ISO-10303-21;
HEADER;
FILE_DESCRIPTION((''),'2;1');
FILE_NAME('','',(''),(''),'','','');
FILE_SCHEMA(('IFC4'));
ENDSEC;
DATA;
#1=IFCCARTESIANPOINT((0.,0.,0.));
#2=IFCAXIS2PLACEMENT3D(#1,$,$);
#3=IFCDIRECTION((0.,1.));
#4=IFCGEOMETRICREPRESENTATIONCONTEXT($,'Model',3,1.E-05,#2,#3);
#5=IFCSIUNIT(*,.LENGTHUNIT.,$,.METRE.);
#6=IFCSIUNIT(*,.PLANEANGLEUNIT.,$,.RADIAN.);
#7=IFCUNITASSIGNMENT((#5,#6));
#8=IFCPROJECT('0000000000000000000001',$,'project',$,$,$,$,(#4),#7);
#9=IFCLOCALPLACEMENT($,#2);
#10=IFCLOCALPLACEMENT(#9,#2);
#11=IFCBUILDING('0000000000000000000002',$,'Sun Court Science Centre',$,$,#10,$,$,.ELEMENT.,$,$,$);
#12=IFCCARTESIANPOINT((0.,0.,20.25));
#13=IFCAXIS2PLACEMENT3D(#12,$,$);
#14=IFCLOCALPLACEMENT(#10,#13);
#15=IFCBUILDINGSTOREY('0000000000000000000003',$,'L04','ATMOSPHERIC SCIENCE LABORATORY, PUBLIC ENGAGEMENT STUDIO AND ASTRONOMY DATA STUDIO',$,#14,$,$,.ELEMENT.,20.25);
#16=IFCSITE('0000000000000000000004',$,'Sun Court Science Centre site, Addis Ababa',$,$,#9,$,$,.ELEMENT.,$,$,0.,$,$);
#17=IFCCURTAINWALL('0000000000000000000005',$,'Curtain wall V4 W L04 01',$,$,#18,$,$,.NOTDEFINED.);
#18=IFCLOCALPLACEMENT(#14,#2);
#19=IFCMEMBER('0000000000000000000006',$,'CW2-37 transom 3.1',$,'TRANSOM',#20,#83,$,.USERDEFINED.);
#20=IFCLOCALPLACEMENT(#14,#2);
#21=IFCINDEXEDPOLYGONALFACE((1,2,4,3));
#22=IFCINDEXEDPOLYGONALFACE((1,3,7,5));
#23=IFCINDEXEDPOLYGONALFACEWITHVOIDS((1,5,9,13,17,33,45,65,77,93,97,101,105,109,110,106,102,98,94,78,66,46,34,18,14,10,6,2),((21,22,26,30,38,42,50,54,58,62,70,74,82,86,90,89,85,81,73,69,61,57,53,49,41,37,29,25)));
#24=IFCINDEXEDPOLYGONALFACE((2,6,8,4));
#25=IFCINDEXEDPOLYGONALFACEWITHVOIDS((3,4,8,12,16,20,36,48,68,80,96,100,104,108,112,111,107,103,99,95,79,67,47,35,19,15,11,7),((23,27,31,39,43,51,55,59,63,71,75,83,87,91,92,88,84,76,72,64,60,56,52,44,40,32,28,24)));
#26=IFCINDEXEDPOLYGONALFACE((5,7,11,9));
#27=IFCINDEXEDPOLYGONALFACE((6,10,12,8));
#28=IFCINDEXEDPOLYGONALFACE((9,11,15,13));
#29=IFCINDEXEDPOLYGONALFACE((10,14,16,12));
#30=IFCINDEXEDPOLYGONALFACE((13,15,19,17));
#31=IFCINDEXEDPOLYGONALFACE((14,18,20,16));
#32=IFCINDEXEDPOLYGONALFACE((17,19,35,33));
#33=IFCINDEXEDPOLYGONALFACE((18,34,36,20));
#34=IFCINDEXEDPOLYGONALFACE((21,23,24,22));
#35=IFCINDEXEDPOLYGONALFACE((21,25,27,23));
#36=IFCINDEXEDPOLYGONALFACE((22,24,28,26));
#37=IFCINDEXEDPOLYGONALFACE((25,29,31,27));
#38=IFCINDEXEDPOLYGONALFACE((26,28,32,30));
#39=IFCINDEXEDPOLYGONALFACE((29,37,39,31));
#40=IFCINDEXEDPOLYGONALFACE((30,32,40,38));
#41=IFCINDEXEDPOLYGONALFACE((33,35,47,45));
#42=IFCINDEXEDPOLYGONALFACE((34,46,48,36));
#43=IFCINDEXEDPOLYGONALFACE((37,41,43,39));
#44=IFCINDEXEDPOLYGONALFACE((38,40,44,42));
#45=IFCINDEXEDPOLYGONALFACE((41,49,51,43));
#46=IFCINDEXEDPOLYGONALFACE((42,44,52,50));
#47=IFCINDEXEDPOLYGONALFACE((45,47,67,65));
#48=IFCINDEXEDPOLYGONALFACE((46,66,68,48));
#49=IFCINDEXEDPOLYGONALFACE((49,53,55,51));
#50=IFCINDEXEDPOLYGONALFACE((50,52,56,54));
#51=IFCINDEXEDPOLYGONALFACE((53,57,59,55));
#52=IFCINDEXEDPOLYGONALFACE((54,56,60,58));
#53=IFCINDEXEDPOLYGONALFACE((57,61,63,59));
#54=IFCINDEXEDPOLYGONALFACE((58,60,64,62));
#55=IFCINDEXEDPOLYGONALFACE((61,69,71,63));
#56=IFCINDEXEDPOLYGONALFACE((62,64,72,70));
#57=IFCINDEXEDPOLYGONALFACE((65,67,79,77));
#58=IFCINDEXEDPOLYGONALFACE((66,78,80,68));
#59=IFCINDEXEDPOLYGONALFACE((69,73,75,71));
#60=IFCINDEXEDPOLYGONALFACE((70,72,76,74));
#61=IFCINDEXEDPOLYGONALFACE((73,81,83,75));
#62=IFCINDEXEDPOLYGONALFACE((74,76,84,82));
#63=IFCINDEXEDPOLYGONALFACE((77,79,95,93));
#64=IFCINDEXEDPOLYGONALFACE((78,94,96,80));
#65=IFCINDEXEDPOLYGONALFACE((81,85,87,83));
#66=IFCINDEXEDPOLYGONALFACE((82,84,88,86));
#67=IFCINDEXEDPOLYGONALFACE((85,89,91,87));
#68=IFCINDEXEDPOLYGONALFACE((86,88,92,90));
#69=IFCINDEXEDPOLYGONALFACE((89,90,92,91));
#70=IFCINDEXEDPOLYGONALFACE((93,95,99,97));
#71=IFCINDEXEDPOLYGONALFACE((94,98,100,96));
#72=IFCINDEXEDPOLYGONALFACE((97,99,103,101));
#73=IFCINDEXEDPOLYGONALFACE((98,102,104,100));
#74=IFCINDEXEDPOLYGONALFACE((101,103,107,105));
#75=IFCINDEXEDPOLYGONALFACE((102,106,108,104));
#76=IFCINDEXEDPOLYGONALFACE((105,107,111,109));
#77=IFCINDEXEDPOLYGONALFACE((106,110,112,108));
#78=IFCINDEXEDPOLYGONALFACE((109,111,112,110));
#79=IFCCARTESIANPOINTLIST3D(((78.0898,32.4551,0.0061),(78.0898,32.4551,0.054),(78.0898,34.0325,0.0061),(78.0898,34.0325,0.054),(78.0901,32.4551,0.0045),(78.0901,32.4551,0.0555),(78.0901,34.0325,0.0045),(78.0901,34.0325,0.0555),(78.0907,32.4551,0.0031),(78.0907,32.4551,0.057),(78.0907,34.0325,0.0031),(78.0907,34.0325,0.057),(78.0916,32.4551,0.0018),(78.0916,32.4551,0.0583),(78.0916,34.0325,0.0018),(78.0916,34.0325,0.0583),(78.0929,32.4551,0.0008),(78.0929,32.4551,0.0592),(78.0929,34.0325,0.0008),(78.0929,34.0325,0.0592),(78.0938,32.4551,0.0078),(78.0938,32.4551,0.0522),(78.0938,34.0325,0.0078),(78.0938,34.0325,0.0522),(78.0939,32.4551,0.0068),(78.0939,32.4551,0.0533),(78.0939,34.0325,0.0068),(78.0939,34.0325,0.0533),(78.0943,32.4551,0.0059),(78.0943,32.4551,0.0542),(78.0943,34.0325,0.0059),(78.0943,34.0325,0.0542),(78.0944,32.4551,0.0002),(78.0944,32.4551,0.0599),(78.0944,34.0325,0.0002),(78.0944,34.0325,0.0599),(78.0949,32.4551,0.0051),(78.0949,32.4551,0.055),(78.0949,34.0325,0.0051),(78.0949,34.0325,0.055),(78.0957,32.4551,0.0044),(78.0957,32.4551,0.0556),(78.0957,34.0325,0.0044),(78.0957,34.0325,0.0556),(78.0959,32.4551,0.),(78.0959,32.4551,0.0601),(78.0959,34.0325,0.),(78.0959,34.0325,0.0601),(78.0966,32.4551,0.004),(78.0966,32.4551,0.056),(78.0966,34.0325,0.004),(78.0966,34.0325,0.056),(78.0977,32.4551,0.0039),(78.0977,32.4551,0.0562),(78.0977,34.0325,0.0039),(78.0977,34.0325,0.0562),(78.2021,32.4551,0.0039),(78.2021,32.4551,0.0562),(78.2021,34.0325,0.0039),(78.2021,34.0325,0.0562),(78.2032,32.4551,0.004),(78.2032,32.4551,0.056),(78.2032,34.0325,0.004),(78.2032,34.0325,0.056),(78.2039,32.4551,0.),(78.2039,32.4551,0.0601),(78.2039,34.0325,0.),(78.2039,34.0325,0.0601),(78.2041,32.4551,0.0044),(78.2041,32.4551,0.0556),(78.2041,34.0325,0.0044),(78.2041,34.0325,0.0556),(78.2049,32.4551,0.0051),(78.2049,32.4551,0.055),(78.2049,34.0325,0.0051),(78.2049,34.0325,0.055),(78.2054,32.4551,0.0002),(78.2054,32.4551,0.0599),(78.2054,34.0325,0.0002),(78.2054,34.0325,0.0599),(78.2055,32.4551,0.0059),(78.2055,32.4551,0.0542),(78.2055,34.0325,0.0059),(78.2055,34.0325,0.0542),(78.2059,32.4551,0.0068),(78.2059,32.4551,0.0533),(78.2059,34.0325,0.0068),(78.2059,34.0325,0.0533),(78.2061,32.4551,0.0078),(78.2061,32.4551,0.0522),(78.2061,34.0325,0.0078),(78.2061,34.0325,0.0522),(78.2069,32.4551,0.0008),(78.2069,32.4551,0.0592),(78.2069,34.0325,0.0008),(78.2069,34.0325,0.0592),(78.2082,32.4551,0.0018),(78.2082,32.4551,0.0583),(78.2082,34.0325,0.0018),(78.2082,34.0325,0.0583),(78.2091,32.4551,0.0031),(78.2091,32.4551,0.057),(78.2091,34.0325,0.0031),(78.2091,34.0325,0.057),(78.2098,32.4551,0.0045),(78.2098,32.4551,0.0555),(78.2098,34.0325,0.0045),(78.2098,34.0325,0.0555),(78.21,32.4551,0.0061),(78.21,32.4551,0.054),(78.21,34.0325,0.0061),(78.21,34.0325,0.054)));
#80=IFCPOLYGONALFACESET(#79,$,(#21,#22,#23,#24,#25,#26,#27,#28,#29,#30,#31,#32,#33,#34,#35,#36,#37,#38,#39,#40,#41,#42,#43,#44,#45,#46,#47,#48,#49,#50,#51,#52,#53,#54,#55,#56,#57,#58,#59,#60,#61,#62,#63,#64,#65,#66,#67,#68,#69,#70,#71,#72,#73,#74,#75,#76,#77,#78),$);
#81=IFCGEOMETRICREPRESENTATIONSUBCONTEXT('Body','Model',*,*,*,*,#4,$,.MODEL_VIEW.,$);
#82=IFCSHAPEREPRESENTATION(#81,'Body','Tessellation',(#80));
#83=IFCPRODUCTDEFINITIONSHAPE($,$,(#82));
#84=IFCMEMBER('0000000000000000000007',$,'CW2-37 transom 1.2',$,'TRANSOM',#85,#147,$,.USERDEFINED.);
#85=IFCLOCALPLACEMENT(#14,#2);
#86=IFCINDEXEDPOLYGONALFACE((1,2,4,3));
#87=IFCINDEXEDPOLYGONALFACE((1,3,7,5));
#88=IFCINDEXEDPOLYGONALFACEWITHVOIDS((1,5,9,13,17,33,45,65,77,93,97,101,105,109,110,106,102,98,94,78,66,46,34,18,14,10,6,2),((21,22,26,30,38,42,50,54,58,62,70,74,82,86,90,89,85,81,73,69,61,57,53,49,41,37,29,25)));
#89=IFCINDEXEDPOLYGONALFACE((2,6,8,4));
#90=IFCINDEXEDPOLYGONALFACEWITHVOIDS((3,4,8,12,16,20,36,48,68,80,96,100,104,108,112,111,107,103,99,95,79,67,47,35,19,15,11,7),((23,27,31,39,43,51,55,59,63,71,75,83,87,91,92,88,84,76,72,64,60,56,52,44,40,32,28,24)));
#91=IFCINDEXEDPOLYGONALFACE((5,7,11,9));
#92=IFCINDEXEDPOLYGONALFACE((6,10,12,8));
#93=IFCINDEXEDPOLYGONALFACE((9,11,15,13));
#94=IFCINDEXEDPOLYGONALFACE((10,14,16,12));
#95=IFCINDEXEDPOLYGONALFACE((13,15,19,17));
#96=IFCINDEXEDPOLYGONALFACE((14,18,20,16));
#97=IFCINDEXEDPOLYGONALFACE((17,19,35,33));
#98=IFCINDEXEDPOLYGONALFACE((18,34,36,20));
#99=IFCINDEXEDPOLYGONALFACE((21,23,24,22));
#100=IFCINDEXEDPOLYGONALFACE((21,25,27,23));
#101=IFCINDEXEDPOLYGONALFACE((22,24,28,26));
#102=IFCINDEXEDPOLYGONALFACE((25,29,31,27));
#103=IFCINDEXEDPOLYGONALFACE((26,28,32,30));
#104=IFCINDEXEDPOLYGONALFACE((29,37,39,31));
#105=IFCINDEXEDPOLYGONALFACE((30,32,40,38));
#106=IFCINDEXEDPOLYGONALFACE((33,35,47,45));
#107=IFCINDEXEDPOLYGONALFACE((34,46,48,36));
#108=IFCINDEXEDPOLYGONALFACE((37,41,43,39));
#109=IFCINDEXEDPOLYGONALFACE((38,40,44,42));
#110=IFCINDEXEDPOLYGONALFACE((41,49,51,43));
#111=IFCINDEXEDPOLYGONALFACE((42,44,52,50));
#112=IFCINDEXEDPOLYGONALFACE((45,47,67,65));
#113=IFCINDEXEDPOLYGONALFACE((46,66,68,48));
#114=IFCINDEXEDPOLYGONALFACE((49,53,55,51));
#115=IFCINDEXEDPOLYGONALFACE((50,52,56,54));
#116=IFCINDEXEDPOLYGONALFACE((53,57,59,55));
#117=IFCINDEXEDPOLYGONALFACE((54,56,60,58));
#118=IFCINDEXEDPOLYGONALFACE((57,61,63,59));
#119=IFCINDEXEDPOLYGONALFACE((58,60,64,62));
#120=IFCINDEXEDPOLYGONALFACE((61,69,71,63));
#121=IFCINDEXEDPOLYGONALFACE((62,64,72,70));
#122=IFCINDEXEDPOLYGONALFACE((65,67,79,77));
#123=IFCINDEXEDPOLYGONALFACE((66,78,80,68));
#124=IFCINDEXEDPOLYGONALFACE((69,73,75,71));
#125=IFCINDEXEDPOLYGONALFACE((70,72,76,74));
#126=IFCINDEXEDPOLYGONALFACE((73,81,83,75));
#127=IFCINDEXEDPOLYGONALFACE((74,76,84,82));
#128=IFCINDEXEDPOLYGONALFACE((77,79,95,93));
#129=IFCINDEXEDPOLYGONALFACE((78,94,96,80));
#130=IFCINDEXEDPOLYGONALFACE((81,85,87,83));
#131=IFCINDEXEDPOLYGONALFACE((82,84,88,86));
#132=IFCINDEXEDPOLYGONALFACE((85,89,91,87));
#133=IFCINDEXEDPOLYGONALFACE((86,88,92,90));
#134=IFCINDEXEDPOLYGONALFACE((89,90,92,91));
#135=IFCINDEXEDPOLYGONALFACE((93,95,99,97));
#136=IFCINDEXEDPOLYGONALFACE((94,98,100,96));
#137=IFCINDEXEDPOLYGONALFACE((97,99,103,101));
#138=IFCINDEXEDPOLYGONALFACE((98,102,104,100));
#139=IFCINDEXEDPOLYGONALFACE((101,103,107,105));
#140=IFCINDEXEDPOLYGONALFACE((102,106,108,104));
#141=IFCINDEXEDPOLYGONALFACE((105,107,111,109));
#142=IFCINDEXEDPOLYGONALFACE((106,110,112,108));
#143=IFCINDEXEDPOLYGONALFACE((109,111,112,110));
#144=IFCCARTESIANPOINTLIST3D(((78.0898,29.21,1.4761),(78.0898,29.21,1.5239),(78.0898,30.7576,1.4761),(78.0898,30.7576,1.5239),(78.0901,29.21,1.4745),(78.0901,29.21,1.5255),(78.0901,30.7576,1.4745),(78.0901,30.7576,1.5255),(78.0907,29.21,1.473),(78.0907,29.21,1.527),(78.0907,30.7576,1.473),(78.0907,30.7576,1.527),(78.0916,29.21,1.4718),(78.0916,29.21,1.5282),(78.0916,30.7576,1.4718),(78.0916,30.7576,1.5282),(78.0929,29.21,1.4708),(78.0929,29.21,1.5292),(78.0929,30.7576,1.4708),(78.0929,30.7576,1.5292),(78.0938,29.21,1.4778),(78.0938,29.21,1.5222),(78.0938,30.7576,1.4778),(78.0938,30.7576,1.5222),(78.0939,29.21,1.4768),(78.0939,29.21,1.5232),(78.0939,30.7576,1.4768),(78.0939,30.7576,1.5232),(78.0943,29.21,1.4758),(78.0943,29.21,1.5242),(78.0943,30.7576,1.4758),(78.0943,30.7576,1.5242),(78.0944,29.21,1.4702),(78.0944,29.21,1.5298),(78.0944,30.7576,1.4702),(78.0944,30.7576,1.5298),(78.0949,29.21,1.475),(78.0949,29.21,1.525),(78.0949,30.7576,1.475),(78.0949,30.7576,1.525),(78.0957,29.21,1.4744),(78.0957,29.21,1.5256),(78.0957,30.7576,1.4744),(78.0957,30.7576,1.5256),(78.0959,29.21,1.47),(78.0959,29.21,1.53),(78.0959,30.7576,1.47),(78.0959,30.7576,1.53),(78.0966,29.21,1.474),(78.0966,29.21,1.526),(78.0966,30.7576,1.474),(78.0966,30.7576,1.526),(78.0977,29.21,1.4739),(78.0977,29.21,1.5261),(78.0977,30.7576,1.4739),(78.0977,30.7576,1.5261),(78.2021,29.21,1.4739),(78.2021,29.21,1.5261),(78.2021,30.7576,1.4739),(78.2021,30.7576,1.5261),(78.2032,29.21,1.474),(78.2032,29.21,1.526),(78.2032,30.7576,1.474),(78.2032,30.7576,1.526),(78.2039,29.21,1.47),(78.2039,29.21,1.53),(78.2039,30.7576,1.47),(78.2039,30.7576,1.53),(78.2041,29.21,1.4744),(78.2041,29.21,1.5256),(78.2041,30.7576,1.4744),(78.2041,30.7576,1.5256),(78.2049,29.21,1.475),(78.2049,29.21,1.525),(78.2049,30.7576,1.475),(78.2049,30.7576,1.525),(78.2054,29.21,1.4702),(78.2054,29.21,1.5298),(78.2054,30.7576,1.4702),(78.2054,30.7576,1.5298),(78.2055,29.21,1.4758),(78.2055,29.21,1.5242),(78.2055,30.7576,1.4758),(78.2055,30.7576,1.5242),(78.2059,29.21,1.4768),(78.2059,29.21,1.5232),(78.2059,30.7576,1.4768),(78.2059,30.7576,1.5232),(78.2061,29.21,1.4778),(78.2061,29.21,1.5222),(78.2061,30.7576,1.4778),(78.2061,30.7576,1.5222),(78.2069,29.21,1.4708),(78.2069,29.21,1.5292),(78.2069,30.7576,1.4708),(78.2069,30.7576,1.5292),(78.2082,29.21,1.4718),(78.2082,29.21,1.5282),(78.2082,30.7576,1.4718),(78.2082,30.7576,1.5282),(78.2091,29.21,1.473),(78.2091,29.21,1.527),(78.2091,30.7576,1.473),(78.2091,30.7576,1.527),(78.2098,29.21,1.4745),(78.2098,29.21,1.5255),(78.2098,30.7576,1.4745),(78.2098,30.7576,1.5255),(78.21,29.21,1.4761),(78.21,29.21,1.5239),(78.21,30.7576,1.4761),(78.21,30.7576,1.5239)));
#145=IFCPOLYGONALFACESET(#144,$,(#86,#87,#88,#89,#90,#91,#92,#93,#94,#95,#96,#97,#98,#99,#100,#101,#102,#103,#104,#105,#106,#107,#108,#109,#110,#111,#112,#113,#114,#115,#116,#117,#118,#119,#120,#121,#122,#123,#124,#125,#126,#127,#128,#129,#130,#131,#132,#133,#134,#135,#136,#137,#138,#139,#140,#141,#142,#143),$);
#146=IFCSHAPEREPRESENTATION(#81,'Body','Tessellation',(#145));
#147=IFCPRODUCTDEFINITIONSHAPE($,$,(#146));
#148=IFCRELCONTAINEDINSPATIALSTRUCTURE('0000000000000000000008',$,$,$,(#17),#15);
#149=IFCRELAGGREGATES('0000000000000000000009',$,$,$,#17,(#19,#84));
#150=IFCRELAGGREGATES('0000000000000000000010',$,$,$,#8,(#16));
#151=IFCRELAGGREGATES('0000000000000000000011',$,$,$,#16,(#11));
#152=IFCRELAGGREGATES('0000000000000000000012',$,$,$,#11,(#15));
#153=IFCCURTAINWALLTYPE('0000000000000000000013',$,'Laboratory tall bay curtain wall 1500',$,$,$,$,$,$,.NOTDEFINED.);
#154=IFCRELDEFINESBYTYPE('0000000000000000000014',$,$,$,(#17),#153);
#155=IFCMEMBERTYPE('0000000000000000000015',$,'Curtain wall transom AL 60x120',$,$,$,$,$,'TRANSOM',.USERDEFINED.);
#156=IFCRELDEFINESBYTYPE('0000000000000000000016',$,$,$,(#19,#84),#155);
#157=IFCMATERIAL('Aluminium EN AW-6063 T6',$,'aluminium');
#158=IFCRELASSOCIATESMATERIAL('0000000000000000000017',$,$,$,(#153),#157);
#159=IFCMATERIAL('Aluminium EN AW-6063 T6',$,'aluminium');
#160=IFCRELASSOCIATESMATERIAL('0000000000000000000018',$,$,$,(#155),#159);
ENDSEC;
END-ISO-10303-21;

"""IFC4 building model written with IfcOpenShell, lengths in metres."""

from ifc_helpers import new_model, si_unit, direction, frame, origin, origin_2d, place, context, subcontext, project, spatial, hollow_rectangle, extrude, material, material_profile, profile_set, type_object, element, aggregate, save


model = new_model("IFC4")

# Units and contexts
model_context = context("Model", 3, precision=1e-05, world=origin(), true_north=direction((0.0, 1.0)))
body_context = subcontext(model_context, "Body", "Model", "MODEL_VIEW")
ifc_project = project(units=[si_unit("LENGTHUNIT", "METRE"), si_unit("PLANEANGLEUNIT", "RADIAN")], contexts=[model_context])

# Site, building, storey
site_placement = place(None, origin())
site = spatial("IfcSite", under=ifc_project, at=site_placement, Name="Sun Court Science Centre site, Addis Ababa", CompositionType="ELEMENT", RefElevation=0.0)
building_placement = place(site_placement, origin())
building = spatial("IfcBuilding", under=site, at=building_placement, Name="Sun Court Science Centre", CompositionType="ELEMENT")
storey_placement = place(building_placement, frame((0.0, 0.0, 20.25)))
storey = spatial("IfcBuildingStorey", under=building, at=storey_placement, Name="L04", Description="ATMOSPHERIC SCIENCE LABORATORY, PUBLIC ENGAGEMENT STUDIO AND ASTRONOMY DATA STUDIO", CompositionType="ELEMENT", Elevation=20.25)

# Curtain wall, members
ifc_material_1 = material(Name="Aluminium EN AW-6063 T6", Category="aluminium")
curtain_wall_type = type_object("IfcCurtainWallType", Name="Laboratory tall bay curtain wall 1500", PredefinedType="NOTDEFINED", material=ifc_material_1)
curtain_wall_placement = place(storey_placement, origin())
curtain_wall = element("IfcCurtainWall", 1, at=curtain_wall_placement, inside=storey, type_object=curtain_wall_type, Name="Curtain wall V4 W L04 01", PredefinedType="NOTDEFINED")
ifc_material_2 = material(Name="Aluminium EN AW-6063 T6", Category="aluminium")
ifc_material_profile_1 = material_profile(ifc_material_2, hollow_rectangle(XDim=0.0601, YDim=0.1201, WallThickness=0.0039, InnerFilletRadius=0.0039, OuterFilletRadius=0.0061, at=origin_2d()), Name="AL 60x120x4")
ifc_profile_set_1 = profile_set([ifc_material_profile_1], Name="Aluminium EN AW-6063 T6")
member_type_1 = type_object("IfcMemberType", Name="Curtain wall transom AL 60x120", ElementType="TRANSOM", PredefinedType="USERDEFINED", material=ifc_profile_set_1)
member_1_placement = place(storey_placement, frame((78.1499, 32.4551, 0.03), z_axis=(0.0, 1.0, 0.0), x_axis=(0.0, 0.0, 1.0)))
member_1 = element("IfcMember", 2, at=member_1_placement, type_object=member_type_1, Name="CW2-37 transom 3.1", ObjectType="TRANSOM", PredefinedType="USERDEFINED", context=body_context, shape_type="SweptSolid", body=[
    extrude(hollow_rectangle(XDim=0.0601, YDim=0.1201, WallThickness=0.0039, InnerFilletRadius=0.0039, OuterFilletRadius=0.0061, at=origin_2d()), origin(), (0.0, 0.0, 1.0), 1.5774),
])
member_2_placement = place(storey_placement, frame((78.1499, 29.21, 1.5), z_axis=(0.0, 1.0, 0.0), x_axis=(0.0, 0.0, 1.0)))
member_2 = element("IfcMember", 3, at=member_2_placement, type_object=member_type_1, Name="CW2-37 transom 1.2", ObjectType="TRANSOM", PredefinedType="USERDEFINED", context=body_context, shape_type="SweptSolid", body=[
    extrude(hollow_rectangle(XDim=0.0601, YDim=0.1201, WallThickness=0.0039, InnerFilletRadius=0.0039, OuterFilletRadius=0.0061, at=origin_2d()), origin(), (0.0, 0.0, 1.0), 1.5476),
])
aggregate(curtain_wall, [member_1, member_2])

save(model, "model.ifc")
